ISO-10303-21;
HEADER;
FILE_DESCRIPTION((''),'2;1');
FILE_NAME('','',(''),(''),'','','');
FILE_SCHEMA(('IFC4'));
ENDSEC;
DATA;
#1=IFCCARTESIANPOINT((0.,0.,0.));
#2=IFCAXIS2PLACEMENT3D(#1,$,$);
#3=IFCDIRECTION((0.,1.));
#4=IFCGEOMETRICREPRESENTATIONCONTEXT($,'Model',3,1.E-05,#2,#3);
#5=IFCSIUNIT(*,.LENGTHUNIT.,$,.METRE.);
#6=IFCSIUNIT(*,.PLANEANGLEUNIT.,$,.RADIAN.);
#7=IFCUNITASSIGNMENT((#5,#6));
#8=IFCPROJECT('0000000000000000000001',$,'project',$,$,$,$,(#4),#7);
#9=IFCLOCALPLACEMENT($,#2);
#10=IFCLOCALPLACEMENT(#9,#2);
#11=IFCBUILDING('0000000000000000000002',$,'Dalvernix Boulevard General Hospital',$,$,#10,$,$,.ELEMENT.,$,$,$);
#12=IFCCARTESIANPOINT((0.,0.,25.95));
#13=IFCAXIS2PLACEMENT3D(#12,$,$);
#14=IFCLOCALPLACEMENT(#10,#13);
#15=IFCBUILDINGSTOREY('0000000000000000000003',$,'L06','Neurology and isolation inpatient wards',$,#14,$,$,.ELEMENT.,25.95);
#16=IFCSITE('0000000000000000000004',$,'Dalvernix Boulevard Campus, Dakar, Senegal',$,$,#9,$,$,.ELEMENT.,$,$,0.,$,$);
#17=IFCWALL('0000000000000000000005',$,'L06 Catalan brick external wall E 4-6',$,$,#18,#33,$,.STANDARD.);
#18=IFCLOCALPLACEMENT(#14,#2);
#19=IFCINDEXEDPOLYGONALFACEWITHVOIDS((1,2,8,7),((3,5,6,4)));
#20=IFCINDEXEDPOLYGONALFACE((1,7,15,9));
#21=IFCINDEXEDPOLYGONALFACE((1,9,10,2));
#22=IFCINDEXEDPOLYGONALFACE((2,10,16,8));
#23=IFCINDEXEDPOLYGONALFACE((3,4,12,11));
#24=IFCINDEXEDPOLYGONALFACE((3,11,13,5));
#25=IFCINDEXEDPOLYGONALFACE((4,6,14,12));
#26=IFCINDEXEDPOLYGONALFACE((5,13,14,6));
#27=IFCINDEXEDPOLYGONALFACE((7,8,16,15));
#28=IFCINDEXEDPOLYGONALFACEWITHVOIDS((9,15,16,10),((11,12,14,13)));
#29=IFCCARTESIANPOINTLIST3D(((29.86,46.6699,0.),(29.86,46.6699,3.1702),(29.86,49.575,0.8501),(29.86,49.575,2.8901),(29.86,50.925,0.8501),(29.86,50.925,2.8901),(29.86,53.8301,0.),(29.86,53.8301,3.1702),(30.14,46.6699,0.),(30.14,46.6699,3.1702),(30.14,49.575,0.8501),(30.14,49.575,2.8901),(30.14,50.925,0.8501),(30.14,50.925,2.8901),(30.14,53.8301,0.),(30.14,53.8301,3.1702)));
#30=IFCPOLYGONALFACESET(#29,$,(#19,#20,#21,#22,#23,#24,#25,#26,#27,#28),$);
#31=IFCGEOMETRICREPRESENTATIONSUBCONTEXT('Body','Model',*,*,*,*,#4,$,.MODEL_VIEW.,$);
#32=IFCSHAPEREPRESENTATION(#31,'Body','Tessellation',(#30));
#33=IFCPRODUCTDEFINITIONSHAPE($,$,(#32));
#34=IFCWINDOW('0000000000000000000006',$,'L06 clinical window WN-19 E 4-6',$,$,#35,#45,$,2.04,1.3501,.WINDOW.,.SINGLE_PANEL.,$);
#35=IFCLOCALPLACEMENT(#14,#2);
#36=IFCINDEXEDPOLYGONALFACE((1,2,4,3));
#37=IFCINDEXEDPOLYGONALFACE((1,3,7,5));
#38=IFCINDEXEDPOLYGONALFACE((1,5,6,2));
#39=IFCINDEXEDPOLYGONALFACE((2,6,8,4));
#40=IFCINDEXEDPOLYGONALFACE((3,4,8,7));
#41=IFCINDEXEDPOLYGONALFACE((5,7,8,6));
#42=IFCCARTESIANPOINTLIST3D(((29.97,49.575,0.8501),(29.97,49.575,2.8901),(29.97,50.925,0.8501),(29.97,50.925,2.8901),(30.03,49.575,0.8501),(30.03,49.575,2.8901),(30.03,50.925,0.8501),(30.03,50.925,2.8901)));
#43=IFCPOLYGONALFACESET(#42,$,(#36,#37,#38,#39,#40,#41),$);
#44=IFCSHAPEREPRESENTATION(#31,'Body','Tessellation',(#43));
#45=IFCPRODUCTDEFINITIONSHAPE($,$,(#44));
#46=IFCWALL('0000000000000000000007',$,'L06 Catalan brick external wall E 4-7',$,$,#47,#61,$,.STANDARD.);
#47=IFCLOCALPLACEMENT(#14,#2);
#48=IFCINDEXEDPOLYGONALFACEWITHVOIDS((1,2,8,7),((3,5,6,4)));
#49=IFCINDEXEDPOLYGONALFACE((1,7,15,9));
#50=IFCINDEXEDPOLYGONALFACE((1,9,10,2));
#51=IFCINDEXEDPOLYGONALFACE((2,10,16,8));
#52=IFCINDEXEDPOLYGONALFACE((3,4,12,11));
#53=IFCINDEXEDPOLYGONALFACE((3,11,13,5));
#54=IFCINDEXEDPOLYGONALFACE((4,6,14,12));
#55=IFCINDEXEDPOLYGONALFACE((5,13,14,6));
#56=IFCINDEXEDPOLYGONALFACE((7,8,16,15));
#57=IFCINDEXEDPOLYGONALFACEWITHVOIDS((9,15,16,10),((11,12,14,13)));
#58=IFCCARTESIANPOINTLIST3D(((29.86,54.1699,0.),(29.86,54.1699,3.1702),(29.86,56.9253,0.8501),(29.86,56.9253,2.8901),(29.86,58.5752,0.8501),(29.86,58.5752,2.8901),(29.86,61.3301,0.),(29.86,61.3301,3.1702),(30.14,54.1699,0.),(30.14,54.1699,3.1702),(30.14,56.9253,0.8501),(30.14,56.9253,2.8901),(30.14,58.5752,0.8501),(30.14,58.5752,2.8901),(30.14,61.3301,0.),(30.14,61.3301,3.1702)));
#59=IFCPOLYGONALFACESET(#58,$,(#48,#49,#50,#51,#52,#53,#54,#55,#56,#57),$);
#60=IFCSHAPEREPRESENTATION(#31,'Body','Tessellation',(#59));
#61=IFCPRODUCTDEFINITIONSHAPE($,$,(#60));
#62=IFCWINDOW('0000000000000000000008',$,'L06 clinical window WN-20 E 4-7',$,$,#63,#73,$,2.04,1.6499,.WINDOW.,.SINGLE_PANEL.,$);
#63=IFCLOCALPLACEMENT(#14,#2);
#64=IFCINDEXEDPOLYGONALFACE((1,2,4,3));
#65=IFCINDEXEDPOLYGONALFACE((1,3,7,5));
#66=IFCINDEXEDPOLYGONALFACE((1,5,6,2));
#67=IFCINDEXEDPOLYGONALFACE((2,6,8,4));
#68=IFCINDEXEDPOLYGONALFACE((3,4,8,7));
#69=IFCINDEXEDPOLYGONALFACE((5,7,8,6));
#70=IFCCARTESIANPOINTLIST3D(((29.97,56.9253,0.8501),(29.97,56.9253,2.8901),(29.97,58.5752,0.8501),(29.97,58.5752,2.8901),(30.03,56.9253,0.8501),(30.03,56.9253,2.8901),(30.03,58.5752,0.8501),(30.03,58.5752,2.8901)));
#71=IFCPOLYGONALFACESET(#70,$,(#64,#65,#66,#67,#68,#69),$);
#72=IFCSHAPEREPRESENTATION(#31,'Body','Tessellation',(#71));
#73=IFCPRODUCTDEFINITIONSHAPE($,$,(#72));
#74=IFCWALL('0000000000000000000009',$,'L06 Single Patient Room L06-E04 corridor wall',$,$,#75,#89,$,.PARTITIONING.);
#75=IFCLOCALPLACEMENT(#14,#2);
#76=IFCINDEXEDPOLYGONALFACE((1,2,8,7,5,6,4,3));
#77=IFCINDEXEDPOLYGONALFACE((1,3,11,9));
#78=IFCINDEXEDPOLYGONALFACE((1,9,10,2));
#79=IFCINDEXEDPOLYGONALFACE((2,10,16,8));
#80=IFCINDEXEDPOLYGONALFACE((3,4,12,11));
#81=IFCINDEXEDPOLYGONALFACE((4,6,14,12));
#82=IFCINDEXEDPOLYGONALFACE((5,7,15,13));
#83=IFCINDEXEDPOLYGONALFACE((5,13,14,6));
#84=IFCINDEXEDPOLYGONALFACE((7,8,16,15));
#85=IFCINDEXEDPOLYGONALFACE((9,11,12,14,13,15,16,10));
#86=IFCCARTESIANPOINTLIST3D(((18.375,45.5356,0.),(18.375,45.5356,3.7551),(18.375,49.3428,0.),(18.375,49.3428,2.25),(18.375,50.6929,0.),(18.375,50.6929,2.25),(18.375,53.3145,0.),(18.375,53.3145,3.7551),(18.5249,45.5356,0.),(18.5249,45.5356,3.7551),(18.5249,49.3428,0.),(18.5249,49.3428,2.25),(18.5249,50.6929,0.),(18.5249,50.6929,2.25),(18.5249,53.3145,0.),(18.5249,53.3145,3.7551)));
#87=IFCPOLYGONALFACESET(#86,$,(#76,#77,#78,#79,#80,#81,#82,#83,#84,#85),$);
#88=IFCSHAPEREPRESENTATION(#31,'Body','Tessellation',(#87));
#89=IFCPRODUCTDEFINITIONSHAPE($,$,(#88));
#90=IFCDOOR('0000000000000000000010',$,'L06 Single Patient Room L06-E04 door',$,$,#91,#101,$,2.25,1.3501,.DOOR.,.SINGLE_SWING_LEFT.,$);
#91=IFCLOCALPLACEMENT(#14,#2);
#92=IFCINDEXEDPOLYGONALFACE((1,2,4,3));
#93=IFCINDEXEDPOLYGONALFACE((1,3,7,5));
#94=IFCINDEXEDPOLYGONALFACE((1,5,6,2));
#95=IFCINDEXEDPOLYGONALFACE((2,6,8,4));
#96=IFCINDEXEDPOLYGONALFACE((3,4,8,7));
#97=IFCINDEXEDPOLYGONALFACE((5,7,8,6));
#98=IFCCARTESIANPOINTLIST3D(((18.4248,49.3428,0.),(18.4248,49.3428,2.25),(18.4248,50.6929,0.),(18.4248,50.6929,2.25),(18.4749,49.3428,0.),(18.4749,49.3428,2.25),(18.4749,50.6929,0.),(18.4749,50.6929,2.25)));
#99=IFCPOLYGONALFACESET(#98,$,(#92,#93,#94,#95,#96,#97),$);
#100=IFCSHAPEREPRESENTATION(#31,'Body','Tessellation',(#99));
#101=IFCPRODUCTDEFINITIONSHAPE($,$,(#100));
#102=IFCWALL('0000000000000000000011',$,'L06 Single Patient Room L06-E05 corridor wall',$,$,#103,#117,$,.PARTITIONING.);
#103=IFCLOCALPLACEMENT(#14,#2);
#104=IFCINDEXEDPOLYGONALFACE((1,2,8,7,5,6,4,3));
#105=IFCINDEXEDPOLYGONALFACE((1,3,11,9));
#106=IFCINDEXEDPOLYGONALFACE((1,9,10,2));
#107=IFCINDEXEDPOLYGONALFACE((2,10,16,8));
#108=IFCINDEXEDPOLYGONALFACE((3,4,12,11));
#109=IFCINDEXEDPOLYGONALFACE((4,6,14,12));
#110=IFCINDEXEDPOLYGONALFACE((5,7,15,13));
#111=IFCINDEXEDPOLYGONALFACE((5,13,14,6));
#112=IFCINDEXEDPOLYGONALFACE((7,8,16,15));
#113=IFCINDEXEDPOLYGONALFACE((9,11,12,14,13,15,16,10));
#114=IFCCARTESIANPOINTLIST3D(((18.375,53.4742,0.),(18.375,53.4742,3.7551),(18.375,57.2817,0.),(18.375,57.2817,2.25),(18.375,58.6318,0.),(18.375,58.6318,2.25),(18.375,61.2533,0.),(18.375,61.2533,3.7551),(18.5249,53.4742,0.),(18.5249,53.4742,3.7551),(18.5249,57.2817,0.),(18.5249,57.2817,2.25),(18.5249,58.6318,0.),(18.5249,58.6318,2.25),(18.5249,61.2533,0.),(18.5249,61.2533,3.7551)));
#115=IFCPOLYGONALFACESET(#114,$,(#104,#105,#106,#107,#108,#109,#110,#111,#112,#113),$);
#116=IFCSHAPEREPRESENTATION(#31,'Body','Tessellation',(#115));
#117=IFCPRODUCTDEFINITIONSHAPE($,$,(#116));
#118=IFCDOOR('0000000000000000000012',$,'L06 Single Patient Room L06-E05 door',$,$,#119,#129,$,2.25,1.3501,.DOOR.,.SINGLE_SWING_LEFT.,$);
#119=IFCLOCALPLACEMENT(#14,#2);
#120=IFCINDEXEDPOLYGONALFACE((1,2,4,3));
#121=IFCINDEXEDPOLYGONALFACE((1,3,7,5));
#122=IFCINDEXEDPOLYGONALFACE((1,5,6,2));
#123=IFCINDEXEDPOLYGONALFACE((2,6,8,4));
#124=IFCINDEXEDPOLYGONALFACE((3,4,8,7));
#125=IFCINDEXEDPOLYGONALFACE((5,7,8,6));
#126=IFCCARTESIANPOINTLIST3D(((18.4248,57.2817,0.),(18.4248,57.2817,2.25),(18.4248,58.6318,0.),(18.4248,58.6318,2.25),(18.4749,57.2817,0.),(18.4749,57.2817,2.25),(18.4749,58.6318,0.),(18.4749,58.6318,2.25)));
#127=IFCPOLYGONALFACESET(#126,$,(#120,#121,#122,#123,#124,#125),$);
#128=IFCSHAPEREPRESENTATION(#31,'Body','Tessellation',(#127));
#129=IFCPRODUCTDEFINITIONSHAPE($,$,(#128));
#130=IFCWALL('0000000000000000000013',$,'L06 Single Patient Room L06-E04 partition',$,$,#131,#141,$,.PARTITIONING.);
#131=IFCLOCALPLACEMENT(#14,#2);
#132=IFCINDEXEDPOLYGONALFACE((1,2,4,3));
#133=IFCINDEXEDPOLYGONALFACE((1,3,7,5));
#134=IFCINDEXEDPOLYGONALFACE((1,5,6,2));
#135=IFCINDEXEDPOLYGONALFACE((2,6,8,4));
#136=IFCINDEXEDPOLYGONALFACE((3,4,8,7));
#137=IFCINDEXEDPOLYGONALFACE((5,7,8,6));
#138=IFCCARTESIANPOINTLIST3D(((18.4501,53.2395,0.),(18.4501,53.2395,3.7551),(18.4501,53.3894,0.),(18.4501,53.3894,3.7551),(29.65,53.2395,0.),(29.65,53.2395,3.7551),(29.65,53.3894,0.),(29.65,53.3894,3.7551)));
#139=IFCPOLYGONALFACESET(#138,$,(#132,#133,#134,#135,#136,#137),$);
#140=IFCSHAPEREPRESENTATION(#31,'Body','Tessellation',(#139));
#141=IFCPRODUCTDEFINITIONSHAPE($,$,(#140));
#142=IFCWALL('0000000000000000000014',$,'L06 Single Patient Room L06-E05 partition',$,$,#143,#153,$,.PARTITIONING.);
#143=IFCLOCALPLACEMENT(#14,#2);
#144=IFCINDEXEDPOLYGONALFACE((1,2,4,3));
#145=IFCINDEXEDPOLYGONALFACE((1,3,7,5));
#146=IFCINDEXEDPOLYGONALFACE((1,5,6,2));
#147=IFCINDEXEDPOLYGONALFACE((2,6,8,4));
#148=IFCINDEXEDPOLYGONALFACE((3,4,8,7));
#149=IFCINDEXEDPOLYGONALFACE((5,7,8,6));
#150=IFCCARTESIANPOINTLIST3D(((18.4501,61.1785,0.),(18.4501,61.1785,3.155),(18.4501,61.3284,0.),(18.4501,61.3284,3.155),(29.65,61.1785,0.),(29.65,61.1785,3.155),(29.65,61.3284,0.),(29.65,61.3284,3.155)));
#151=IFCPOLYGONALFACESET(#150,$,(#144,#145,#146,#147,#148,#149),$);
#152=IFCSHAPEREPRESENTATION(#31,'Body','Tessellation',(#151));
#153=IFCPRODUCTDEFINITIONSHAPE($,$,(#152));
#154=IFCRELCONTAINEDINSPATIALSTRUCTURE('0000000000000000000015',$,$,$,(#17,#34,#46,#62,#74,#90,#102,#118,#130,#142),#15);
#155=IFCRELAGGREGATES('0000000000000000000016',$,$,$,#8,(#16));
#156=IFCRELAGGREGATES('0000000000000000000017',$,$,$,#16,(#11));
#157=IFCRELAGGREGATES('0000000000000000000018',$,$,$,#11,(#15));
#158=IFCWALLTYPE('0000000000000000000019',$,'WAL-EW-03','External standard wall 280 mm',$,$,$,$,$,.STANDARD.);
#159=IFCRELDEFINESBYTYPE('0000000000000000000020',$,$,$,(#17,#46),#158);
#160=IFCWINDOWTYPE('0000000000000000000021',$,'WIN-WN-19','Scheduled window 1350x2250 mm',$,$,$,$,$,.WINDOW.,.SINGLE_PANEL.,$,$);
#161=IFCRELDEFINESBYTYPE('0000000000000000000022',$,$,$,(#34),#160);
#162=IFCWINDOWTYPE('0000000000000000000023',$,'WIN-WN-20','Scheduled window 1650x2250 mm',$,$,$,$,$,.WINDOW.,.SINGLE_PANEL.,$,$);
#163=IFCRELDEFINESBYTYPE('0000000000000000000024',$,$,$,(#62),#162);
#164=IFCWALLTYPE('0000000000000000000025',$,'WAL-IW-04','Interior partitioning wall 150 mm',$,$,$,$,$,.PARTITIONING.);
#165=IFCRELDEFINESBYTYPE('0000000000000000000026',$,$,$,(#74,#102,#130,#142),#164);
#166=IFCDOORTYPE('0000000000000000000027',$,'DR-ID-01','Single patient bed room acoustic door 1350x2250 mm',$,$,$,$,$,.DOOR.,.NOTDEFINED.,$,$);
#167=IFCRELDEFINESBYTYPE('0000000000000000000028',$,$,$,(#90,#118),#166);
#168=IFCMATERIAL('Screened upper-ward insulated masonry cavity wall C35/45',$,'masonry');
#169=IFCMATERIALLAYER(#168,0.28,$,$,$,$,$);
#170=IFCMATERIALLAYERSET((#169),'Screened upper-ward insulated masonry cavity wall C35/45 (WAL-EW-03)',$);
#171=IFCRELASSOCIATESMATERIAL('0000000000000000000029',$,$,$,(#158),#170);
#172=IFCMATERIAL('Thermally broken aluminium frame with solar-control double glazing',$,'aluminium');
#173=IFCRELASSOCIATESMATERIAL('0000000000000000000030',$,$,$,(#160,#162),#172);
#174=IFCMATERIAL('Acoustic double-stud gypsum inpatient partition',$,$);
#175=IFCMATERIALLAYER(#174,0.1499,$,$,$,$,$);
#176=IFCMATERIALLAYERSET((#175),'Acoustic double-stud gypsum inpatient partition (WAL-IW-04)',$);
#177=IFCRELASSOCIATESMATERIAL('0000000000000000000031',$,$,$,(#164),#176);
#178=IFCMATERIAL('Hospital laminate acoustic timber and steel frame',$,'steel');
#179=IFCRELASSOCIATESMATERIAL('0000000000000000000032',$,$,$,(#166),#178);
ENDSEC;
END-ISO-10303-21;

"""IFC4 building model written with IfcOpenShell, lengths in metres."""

from ifc_helpers import new_model, si_unit, direction, frame, frame_2d, origin, place, context, subcontext, project, spatial, rectangle, extrude, material, layer, layer_set, type_object, element, fill, save


model = new_model("IFC4")

# Units and contexts
model_context = context("Model", 3, precision=1e-05, world=origin(), true_north=direction((0.0, 1.0)))
body_context = subcontext(model_context, "Body", "Model", "MODEL_VIEW")
ifc_project = project(units=[si_unit("LENGTHUNIT", "METRE"), si_unit("PLANEANGLEUNIT", "RADIAN")], contexts=[model_context])

# Site, building, storey
site_placement = place(None, origin())
site = spatial("IfcSite", under=ifc_project, at=site_placement, Name="Dalvernix Boulevard Campus, Dakar, Senegal", CompositionType="ELEMENT", RefElevation=0.0)
building_placement = place(site_placement, origin())
building = spatial("IfcBuilding", under=site, at=building_placement, Name="Dalvernix Boulevard General Hospital", CompositionType="ELEMENT")
storey_placement = place(building_placement, frame((0.0, 0.0, 25.95)))
storey = spatial("IfcBuildingStorey", under=building, at=storey_placement, Name="L06", Description="Neurology and isolation inpatient wards", CompositionType="ELEMENT", Elevation=25.95)

# Walls, openings, windows
ifc_material_1 = material(Name="Screened upper-ward insulated masonry cavity wall C35/45", Category="masonry")
ifc_layer_1 = layer(ifc_material_1, 0.28)
ifc_layer_set_1 = layer_set([ifc_layer_1], Name="Screened upper-ward insulated masonry cavity wall C35/45 (WAL-EW-03)")
wall_type_1 = type_object("IfcWallType", Name="WAL-EW-03", Description="External standard wall 280 mm", PredefinedType="STANDARD", material=ifc_layer_set_1)
wall_1_placement = place(storey_placement, frame((30.0, 53.8301, 0.0), z_axis=(0.0, 0.0, 1.0), x_axis=(0.0, -1.0, 0.0)))
wall_1 = element("IfcWall", 1, at=wall_1_placement, inside=storey, type_object=wall_type_1, Name="L06 Catalan brick external wall E 4-6", PredefinedType="STANDARD", context=body_context, shape_type="SweptSolid", body=[
    extrude(rectangle(XDim=7.1602, YDim=0.28, at=frame_2d((3.5801, 0.0))), origin(), (0.0, 0.0, 1.0), 3.1702),
])
opening_1_placement = place(wall_1_placement, frame((2.905, 0.0, 0.8501)))
opening_1 = element("IfcOpeningElement", 2, at=opening_1_placement, cuts=wall_1, PredefinedType="OPENING", context=body_context, shape_type="SweptSolid", body=[
    extrude(rectangle(XDim=1.3501, YDim=2.04, at=frame_2d((0.675, 1.02))), frame((0.0, 0.1499, 0.0), z_axis=(0.0, -1.0, 0.0), x_axis=(1.0, 0.0, 0.0)), (0.0, 0.0, 1.0), 0.3),
])
ifc_material_2 = material(Name="Thermally broken aluminium frame with solar-control double glazing", Category="aluminium")
window_type_1 = type_object("IfcWindowType", Name="WIN-WN-19", Description="Scheduled window 1350x2250 mm", PartitioningType="SINGLE_PANEL", PredefinedType="WINDOW", material=ifc_material_2)
window_1_placement = place(opening_1_placement, origin())
window_1 = element("IfcWindow", 3, at=window_1_placement, inside=storey, type_object=window_type_1, Name="L06 clinical window WN-19 E 4-6", OverallHeight=2.04, OverallWidth=1.3501, PartitioningType="SINGLE_PANEL", PredefinedType="WINDOW", context=body_context, shape_type="SweptSolid", body=[
    extrude(rectangle(XDim=1.3501, YDim=2.04, at=frame_2d((0.675, 1.02))), frame((0.0, 0.03, 0.0), z_axis=(0.0, -1.0, 0.0), x_axis=(1.0, 0.0, 0.0)), (0.0, 0.0, 1.0), 0.0601),
])
fill(opening_1, window_1)
wall_2_placement = place(storey_placement, frame((30.0, 61.3301, 0.0), z_axis=(0.0, 0.0, 1.0), x_axis=(0.0, -1.0, 0.0)))
wall_2 = element("IfcWall", 4, at=wall_2_placement, inside=storey, type_object=wall_type_1, Name="L06 Catalan brick external wall E 4-7", PredefinedType="STANDARD", context=body_context, shape_type="SweptSolid", body=[
    extrude(rectangle(XDim=7.1602, YDim=0.28, at=frame_2d((3.5801, 0.0))), origin(), (0.0, 0.0, 1.0), 3.1702),
])
opening_2_placement = place(wall_2_placement, frame((2.7549, 0.0, 0.8501)))
opening_2 = element("IfcOpeningElement", 5, at=opening_2_placement, cuts=wall_2, PredefinedType="OPENING", context=body_context, shape_type="SweptSolid", body=[
    extrude(rectangle(XDim=1.6499, YDim=2.04, at=frame_2d((0.825, 1.02))), frame((0.0, 0.1499, 0.0), z_axis=(0.0, -1.0, 0.0), x_axis=(1.0, 0.0, 0.0)), (0.0, 0.0, 1.0), 0.3),
])
window_type_2 = type_object("IfcWindowType", Name="WIN-WN-20", Description="Scheduled window 1650x2250 mm", PartitioningType="SINGLE_PANEL", PredefinedType="WINDOW", material=ifc_material_2)
window_2_placement = place(opening_2_placement, origin())
window_2 = element("IfcWindow", 6, at=window_2_placement, inside=storey, type_object=window_type_2, Name="L06 clinical window WN-20 E 4-7", OverallHeight=2.04, OverallWidth=1.6499, PartitioningType="SINGLE_PANEL", PredefinedType="WINDOW", context=body_context, shape_type="SweptSolid", body=[
    extrude(rectangle(XDim=1.6499, YDim=2.04, at=frame_2d((0.825, 1.02))), frame((0.0, 0.03, 0.0), z_axis=(0.0, -1.0, 0.0), x_axis=(1.0, 0.0, 0.0)), (0.0, 0.0, 1.0), 0.0601),
])
fill(opening_2, window_2)

# Walls, openings, doors
ifc_material_3 = material(Name="Acoustic double-stud gypsum inpatient partition")
ifc_layer_2 = layer(ifc_material_3, 0.1499)
ifc_layer_set_2 = layer_set([ifc_layer_2], Name="Acoustic double-stud gypsum inpatient partition (WAL-IW-04)")
wall_type_2 = type_object("IfcWallType", Name="WAL-IW-04", Description="Interior partitioning wall 150 mm", PredefinedType="PARTITIONING", material=ifc_layer_set_2)
wall_3_placement = place(storey_placement, frame((18.45, 53.3145, 0.0), z_axis=(0.0, 0.0, 1.0), x_axis=(0.0, -1.0, 0.0)))
wall_3 = element("IfcWall", 7, at=wall_3_placement, inside=storey, type_object=wall_type_2, Name="L06 Single Patient Room L06-E04 corridor wall", PredefinedType="PARTITIONING", context=body_context, shape_type="SweptSolid", body=[
    extrude(rectangle(XDim=7.7788, YDim=0.1499, at=frame_2d((3.8894, 0.0))), origin(), (0.0, 0.0, 1.0), 3.7551),
])
opening_3_placement = place(wall_3_placement, frame((2.6216, 0.0, 0.0)))
opening_3 = element("IfcOpeningElement", 8, at=opening_3_placement, cuts=wall_3, PredefinedType="OPENING", context=body_context, shape_type="SweptSolid", body=[
    extrude(rectangle(XDim=1.3501, YDim=2.25, at=frame_2d((0.675, 1.125))), frame((0.0, 0.085, 0.0), z_axis=(0.0, -1.0, 0.0), x_axis=(1.0, 0.0, 0.0)), (0.0, 0.0, 1.0), 0.1699),
])
ifc_material_4 = material(Name="Hospital laminate acoustic timber and steel frame", Category="steel")
door_type_1 = type_object("IfcDoorType", Name="DR-ID-01", Description="Single patient bed room acoustic door 1350x2250 mm", OperationType="NOTDEFINED", PredefinedType="DOOR", material=ifc_material_4)
door_1_placement = place(opening_3_placement, origin())
door_1 = element("IfcDoor", 9, at=door_1_placement, inside=storey, type_object=door_type_1, Name="L06 Single Patient Room L06-E04 door", OperationType="SINGLE_SWING_LEFT", OverallHeight=2.25, OverallWidth=1.3501, PredefinedType="DOOR", context=body_context, shape_type="SweptSolid", body=[
    extrude(rectangle(XDim=1.3501, YDim=2.25, at=frame_2d((0.675, 1.125))), frame((0.0, 0.0249, 0.0), z_axis=(0.0, -1.0, 0.0), x_axis=(1.0, 0.0, 0.0)), (0.0, 0.0, 1.0), 0.05),
])
fill(opening_3, door_1)
wall_4_placement = place(storey_placement, frame((18.45, 61.2534, 0.0), z_axis=(0.0, 0.0, 1.0), x_axis=(0.0, -1.0, 0.0)))
wall_4 = element("IfcWall", 10, at=wall_4_placement, inside=storey, type_object=wall_type_2, Name="L06 Single Patient Room L06-E05 corridor wall", PredefinedType="PARTITIONING", context=body_context, shape_type="SweptSolid", body=[
    extrude(rectangle(XDim=7.7791, YDim=0.1499, at=frame_2d((3.8896, 0.0))), origin(), (0.0, 0.0, 1.0), 3.7551),
])
opening_4_placement = place(wall_4_placement, frame((2.6216, 0.0, 0.0)))
opening_4 = element("IfcOpeningElement", 11, at=opening_4_placement, cuts=wall_4, PredefinedType="OPENING", context=body_context, shape_type="SweptSolid", body=[
    extrude(rectangle(XDim=1.3501, YDim=2.25, at=frame_2d((0.675, 1.125))), frame((0.0, 0.085, 0.0), z_axis=(0.0, -1.0, 0.0), x_axis=(1.0, 0.0, 0.0)), (0.0, 0.0, 1.0), 0.1699),
])
door_2_placement = place(opening_4_placement, origin())
door_2 = element("IfcDoor", 12, at=door_2_placement, inside=storey, type_object=door_type_1, Name="L06 Single Patient Room L06-E05 door", OperationType="SINGLE_SWING_LEFT", OverallHeight=2.25, OverallWidth=1.3501, PredefinedType="DOOR", context=body_context, shape_type="SweptSolid", body=[
    extrude(rectangle(XDim=1.3501, YDim=2.25, at=frame_2d((0.675, 1.125))), frame((0.0, 0.0249, 0.0), z_axis=(0.0, -1.0, 0.0), x_axis=(1.0, 0.0, 0.0)), (0.0, 0.0, 1.0), 0.05),
])
fill(opening_4, door_2)

# Walls
wall_5_placement = place(storey_placement, frame((18.45, 53.3145, 0.0), z_axis=(0.0, 0.0, 1.0), x_axis=(1.0, 0.0, 0.0)))
element("IfcWall", 13, at=wall_5_placement, inside=storey, type_object=wall_type_2, Name="L06 Single Patient Room L06-E04 partition", PredefinedType="PARTITIONING", context=body_context, shape_type="SweptSolid", body=[
    extrude(rectangle(XDim=11.2, YDim=0.1499, at=frame_2d((5.6001, 0.0))), origin(), (0.0, 0.0, 1.0), 3.7551),
])
wall_6_placement = place(storey_placement, frame((18.45, 61.2534, 0.0), z_axis=(0.0, 0.0, 1.0), x_axis=(1.0, 0.0, 0.0)))
element("IfcWall", 14, at=wall_6_placement, inside=storey, type_object=wall_type_2, Name="L06 Single Patient Room L06-E05 partition", PredefinedType="PARTITIONING", context=body_context, shape_type="SweptSolid", body=[
    extrude(rectangle(XDim=11.2, YDim=0.1499, at=frame_2d((5.6001, 0.0))), origin(), (0.0, 0.0, 1.0), 3.155),
])

save(model, "model.ifc")
